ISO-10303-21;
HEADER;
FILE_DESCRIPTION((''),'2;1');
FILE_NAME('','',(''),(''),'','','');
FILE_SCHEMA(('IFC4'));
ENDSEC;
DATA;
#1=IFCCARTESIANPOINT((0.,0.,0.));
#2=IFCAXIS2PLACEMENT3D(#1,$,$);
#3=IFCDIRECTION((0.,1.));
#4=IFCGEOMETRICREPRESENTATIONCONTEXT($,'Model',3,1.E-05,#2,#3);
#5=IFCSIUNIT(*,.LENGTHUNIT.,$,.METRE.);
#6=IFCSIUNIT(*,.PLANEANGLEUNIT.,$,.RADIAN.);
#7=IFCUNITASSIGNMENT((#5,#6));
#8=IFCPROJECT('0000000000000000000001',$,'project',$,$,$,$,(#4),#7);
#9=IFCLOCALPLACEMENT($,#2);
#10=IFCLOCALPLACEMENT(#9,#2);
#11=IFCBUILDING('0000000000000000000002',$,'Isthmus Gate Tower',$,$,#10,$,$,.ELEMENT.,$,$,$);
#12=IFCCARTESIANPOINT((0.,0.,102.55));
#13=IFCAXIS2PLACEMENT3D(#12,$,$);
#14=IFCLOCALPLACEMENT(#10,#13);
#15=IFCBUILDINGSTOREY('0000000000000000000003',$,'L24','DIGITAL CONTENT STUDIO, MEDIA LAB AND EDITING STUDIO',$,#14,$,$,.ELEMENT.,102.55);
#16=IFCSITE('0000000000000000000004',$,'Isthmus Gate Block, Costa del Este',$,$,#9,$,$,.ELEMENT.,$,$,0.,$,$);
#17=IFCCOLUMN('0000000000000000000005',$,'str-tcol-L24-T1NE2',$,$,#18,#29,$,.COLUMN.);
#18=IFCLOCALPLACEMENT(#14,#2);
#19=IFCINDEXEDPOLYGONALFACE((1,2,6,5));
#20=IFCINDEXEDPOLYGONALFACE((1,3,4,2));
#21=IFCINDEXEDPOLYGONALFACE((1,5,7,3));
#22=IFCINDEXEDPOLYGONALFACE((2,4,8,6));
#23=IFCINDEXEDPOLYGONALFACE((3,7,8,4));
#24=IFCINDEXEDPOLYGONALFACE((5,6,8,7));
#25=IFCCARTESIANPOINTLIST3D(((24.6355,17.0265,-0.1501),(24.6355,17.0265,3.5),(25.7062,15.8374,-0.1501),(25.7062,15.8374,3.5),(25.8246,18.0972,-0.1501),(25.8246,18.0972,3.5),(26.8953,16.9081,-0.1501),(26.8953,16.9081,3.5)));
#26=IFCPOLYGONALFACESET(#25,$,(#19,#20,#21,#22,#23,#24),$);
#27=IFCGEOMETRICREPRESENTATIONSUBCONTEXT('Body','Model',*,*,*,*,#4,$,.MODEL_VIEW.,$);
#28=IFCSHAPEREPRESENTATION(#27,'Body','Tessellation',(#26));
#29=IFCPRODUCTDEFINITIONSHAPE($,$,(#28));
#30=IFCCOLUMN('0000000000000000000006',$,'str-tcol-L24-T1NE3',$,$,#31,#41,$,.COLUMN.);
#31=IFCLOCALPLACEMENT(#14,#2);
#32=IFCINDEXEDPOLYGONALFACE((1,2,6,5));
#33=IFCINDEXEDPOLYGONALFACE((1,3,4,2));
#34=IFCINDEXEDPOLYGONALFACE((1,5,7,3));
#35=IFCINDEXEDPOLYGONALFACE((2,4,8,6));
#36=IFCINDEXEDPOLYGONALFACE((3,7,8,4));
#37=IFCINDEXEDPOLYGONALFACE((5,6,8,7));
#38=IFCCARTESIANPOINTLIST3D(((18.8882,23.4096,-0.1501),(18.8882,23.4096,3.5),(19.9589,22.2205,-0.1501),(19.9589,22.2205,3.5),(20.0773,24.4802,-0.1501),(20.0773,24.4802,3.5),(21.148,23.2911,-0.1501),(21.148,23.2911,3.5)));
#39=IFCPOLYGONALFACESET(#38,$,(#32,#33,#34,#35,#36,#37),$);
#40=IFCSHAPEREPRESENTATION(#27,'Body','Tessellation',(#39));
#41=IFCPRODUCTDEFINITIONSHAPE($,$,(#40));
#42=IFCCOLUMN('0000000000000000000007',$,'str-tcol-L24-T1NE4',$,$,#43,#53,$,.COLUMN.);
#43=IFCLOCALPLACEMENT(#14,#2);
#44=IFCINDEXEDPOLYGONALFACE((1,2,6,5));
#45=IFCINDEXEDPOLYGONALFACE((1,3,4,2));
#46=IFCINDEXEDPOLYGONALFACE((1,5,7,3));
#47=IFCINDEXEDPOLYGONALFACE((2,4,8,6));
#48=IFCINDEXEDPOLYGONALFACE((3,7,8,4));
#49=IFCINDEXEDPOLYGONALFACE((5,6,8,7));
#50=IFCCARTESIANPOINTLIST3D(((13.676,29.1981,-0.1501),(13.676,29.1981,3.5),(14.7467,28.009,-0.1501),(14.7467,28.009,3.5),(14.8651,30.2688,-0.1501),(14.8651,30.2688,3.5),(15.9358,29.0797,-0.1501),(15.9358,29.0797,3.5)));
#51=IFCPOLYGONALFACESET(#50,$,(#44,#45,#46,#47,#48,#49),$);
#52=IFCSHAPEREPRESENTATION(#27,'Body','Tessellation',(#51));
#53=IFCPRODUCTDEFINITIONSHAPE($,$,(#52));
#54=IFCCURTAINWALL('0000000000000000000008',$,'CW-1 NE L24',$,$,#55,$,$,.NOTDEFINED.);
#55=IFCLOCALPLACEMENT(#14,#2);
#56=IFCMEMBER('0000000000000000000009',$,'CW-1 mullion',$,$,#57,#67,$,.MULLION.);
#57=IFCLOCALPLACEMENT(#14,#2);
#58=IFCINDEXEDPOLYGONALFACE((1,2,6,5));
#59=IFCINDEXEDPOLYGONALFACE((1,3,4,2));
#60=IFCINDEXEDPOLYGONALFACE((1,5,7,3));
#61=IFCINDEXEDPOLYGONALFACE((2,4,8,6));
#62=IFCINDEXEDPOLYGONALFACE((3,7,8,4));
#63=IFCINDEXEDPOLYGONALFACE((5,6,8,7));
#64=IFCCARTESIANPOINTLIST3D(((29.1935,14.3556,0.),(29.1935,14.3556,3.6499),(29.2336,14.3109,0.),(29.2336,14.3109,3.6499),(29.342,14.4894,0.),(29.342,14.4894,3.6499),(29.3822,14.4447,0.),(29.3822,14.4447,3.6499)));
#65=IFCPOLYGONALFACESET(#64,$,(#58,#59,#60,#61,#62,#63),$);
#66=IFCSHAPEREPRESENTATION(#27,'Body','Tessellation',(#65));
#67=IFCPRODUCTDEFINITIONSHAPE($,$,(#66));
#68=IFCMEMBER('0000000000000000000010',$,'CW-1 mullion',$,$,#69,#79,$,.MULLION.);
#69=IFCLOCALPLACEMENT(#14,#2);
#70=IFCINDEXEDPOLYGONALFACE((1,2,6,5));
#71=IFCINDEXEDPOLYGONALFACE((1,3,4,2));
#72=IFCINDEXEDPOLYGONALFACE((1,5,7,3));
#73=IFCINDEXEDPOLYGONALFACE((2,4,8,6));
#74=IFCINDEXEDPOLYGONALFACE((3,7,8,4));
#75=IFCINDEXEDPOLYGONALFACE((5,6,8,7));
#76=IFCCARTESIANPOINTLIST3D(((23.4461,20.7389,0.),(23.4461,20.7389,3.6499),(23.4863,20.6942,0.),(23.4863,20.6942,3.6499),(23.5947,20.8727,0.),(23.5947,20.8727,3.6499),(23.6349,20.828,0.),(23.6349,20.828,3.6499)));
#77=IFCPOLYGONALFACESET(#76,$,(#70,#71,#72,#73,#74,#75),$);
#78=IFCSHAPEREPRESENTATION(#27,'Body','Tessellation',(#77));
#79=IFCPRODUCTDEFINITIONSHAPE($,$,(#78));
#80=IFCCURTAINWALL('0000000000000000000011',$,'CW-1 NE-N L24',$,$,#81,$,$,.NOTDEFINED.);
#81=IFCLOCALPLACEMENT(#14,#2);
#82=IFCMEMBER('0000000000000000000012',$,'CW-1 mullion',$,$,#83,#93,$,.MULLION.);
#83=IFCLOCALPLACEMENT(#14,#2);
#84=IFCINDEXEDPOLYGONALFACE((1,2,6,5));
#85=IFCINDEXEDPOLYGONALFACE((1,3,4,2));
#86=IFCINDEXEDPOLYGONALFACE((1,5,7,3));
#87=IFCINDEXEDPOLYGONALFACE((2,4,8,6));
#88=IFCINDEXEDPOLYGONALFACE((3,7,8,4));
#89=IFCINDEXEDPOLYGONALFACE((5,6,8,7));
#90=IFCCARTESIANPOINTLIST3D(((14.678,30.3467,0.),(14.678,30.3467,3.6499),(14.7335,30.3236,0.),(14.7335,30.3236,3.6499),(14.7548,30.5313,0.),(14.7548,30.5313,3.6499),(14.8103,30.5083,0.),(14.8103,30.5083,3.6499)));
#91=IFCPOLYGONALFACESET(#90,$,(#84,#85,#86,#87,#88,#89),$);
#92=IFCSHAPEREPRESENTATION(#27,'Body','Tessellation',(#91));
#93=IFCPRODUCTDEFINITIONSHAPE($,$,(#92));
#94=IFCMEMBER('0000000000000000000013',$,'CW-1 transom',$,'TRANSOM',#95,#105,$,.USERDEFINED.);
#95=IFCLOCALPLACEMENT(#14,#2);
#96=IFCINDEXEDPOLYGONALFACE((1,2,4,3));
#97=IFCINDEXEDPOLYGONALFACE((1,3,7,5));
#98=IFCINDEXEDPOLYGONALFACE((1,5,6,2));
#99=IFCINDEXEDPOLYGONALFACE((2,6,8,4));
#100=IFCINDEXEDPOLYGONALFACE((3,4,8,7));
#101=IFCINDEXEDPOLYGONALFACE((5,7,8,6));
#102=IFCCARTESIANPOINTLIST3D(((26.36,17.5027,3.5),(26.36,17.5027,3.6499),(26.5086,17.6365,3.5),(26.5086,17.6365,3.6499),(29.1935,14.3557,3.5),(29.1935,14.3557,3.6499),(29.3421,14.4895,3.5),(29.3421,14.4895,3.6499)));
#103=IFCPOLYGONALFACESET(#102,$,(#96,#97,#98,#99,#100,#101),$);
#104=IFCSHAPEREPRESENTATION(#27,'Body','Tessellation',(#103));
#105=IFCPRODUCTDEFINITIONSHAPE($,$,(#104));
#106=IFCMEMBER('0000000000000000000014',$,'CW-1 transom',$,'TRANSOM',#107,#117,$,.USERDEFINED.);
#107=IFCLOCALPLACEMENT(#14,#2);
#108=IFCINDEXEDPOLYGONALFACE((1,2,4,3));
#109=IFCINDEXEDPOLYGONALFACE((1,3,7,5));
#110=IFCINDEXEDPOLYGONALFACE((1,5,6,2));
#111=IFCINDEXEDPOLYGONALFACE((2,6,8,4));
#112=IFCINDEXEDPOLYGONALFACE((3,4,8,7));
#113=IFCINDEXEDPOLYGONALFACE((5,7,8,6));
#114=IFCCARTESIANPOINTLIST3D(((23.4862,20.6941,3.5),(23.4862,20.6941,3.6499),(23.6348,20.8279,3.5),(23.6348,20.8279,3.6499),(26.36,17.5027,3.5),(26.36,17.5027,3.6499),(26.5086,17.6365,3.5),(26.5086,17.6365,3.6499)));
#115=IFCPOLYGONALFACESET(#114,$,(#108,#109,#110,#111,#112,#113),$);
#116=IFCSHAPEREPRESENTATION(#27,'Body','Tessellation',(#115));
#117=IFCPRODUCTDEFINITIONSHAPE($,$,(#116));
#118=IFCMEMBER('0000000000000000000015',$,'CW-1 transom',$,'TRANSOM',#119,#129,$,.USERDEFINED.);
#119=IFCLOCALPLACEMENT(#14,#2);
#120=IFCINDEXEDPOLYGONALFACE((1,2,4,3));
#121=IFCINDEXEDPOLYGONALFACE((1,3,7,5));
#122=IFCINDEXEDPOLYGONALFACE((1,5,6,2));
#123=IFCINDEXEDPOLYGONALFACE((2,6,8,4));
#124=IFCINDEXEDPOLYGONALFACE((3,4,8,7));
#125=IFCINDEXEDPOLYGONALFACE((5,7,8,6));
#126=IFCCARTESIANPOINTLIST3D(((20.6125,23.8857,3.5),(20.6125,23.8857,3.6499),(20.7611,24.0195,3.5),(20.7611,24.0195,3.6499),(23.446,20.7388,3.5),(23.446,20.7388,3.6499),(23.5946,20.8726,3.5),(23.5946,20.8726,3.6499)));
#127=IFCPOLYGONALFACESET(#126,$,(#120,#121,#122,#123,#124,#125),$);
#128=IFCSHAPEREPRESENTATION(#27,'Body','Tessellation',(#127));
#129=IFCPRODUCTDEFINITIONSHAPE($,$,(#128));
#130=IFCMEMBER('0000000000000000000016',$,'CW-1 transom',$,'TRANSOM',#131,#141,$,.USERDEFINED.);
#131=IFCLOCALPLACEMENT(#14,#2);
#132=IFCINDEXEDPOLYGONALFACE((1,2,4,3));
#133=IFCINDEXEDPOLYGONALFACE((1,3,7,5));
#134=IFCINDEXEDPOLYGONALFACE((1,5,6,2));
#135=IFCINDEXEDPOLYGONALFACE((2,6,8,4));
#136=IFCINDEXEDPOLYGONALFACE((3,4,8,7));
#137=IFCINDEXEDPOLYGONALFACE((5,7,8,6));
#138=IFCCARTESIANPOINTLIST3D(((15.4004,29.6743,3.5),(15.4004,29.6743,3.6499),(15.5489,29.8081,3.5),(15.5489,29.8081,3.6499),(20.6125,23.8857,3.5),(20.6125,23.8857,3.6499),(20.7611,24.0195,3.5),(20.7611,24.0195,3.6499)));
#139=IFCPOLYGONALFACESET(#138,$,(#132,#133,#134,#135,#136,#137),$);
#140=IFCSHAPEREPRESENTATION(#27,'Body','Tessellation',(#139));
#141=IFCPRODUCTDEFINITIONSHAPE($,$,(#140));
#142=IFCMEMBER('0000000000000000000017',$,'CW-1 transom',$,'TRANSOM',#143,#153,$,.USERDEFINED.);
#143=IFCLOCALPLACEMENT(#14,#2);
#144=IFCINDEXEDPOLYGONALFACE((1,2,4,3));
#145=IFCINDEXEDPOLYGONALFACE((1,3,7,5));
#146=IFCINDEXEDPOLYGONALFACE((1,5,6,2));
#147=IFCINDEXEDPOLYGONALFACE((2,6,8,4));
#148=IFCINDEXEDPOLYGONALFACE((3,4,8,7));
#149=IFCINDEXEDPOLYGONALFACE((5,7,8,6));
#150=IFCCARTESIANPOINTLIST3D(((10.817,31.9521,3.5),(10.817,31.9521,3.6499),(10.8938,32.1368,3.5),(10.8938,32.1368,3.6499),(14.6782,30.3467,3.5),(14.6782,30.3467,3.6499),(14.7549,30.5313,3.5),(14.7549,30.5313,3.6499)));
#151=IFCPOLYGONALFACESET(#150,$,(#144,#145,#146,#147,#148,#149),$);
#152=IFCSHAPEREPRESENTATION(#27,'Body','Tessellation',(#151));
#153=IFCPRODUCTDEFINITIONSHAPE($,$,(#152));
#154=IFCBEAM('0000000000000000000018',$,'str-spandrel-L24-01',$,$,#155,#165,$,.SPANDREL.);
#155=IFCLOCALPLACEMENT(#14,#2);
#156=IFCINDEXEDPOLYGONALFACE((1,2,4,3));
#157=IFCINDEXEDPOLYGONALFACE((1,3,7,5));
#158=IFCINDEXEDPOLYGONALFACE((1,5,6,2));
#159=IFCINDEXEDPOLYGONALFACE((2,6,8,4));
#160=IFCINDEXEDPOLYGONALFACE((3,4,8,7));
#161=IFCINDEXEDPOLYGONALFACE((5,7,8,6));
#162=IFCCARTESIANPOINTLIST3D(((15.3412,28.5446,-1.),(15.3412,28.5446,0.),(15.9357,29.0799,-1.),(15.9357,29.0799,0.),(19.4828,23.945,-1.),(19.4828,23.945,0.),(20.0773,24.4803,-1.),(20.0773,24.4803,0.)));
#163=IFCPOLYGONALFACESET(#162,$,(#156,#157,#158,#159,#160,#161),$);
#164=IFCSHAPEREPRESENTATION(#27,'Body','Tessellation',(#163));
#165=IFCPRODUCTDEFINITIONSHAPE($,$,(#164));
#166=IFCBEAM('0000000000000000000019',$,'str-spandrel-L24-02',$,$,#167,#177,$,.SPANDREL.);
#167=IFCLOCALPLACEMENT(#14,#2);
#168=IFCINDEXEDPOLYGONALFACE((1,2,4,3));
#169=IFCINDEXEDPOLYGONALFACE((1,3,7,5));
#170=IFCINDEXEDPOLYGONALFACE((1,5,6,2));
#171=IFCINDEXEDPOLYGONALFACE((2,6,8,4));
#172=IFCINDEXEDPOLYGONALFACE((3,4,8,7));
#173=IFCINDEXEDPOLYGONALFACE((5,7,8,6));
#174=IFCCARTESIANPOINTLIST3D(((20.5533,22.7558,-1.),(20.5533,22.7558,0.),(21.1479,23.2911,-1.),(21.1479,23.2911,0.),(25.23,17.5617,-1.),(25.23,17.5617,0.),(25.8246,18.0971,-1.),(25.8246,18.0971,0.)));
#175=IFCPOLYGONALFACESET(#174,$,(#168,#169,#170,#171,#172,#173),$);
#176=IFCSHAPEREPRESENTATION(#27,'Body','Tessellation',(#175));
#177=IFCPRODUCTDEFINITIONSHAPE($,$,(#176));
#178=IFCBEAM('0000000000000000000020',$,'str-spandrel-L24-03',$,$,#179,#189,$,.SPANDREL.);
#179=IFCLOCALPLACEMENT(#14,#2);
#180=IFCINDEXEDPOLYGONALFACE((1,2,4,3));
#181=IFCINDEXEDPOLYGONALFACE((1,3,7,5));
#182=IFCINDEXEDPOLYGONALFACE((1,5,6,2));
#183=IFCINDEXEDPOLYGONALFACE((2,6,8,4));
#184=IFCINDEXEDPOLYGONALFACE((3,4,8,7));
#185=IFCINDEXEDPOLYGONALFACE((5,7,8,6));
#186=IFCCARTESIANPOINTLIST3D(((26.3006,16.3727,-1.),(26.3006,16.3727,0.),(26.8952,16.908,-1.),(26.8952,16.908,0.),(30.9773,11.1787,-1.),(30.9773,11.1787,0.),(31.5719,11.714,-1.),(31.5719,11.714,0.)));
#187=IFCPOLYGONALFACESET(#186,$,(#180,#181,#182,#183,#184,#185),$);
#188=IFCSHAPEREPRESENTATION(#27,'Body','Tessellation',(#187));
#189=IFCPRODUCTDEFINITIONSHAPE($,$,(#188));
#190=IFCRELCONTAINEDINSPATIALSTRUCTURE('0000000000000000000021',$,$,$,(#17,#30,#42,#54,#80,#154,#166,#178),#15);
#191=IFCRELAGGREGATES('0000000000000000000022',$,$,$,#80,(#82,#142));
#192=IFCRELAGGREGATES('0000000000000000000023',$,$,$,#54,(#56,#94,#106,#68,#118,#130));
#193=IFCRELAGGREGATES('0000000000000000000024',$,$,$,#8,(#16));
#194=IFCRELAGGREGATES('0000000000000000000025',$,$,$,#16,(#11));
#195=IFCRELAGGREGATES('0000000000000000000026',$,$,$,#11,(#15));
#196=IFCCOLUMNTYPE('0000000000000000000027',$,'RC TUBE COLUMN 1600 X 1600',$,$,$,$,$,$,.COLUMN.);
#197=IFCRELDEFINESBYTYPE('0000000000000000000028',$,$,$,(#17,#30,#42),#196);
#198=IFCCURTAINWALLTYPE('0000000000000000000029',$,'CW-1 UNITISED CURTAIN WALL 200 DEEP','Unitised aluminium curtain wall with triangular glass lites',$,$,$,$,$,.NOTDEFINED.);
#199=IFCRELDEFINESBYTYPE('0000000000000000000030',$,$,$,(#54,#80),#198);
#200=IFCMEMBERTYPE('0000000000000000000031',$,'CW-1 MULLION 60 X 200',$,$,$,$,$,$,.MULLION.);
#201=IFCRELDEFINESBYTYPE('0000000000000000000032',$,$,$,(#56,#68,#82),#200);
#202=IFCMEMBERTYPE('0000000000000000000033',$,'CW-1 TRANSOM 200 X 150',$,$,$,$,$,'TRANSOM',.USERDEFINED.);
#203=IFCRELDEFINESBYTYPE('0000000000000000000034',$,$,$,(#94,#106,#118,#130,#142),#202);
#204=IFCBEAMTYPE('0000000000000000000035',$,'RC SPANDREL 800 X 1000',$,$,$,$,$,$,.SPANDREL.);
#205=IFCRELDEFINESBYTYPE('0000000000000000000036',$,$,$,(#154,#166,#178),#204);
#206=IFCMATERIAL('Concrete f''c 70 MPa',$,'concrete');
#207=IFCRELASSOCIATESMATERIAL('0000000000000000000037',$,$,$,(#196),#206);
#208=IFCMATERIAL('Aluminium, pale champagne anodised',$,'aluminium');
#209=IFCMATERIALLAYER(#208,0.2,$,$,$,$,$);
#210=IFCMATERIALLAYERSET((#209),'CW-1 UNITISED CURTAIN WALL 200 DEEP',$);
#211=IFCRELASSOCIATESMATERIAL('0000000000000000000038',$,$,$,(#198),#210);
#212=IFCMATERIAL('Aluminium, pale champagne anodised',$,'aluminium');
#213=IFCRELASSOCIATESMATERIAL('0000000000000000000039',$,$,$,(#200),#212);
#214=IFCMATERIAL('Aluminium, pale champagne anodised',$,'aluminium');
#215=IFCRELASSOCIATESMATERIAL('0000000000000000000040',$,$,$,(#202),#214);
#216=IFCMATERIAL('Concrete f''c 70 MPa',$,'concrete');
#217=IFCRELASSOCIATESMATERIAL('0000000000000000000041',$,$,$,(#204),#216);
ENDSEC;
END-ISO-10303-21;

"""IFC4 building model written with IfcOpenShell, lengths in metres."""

from ifc_helpers import new_model, si_unit, direction, frame, origin, origin_2d, place, context, subcontext, project, spatial, rectangle, extrude, material, layer, layer_set, material_profile, profile_set, type_object, element, aggregate, save


model = new_model("IFC4")

# Units and contexts
model_context = context("Model", 3, precision=1e-05, world=origin(), true_north=direction((0.0, 1.0)))
body_context = subcontext(model_context, "Body", "Model", "MODEL_VIEW")
ifc_project = project(units=[si_unit("LENGTHUNIT", "METRE"), si_unit("PLANEANGLEUNIT", "RADIAN")], contexts=[model_context])

# Site, building, storey
site_placement = place(None, origin())
site = spatial("IfcSite", under=ifc_project, at=site_placement, Name="Isthmus Gate Block, Costa del Este", CompositionType="ELEMENT", RefElevation=0.0)
building_placement = place(site_placement, origin())
building = spatial("IfcBuilding", under=site, at=building_placement, Name="Isthmus Gate Tower", CompositionType="ELEMENT")
storey_placement = place(building_placement, frame((0.0, 0.0, 102.55)))
storey = spatial("IfcBuildingStorey", under=building, at=storey_placement, Name="L24", Description="DIGITAL CONTENT STUDIO, MEDIA LAB AND EDITING STUDIO", CompositionType="ELEMENT", Elevation=102.55)

# Columns
ifc_material_1 = material(Name="Concrete f'c 70 MPa", Category="concrete")
ifc_material_profile_1 = material_profile(ifc_material_1, rectangle(XDim=1.6001, YDim=1.6001, at=origin_2d()), Name="RC 1600X1600")
ifc_profile_set_1 = profile_set([ifc_material_profile_1], Name="Concrete f'c 70 MPa")
column_type = type_object("IfcColumnType", Name="RC TUBE COLUMN 1600 X 1600", PredefinedType="COLUMN", material=ifc_profile_set_1)
for number, where, z_axis, x_axis, name in (
    (1, (25.7654, 16.9673, -0.1501), (0.0, 0.0, 1.0), (-0.669131, 0.743145, 0.0), "str-tcol-L24-T1NE2"),
    (2, (20.0181, 23.3503, -0.1501), (0.0, 0.0, 1.0), (-0.669131, 0.743145, 0.0), "str-tcol-L24-T1NE3"),
    (3, (14.8059, 29.1389, -0.1501), (0.0, 0.0, 1.0), (-0.669131, 0.743145, 0.0), "str-tcol-L24-T1NE4"),
):
    element("IfcColumn", number, at=place(storey_placement, frame(where, z_axis=z_axis, x_axis=x_axis)), inside=storey, type_object=column_type, Name=name, PredefinedType="COLUMN", context=body_context, shape_type="SweptSolid", body=[
        extrude(rectangle(XDim=1.6001, YDim=1.6001, at=origin_2d()), origin(), (0.0, 0.0, 1.0), 3.6501),
    ])

# Curtain wall, members
ifc_material_2 = material(Name="Aluminium, pale champagne anodised", Category="aluminium")
ifc_layer_1 = layer(ifc_material_2, 0.2)
ifc_layer_set_1 = layer_set([ifc_layer_1], Name="CW-1 UNITISED CURTAIN WALL 200 DEEP")
curtain_wall_type = type_object("IfcCurtainWallType", Name="CW-1 UNITISED CURTAIN WALL 200 DEEP", Description="Unitised aluminium curtain wall with triangular glass lites", PredefinedType="NOTDEFINED", material=ifc_layer_set_1)
curtain_wall_1_placement = place(storey_placement, origin())
curtain_wall_1 = element("IfcCurtainWall", 4, at=curtain_wall_1_placement, inside=storey, type_object=curtain_wall_type, Name="CW-1 NE L24", PredefinedType="NOTDEFINED")
ifc_material_3 = material(Name="Aluminium, pale champagne anodised", Category="aluminium")
ifc_material_profile_2 = material_profile(ifc_material_3, rectangle(XDim=0.0601, YDim=0.2, at=origin_2d()), Name="60x200")
ifc_profile_set_2 = profile_set([ifc_material_profile_2], Name="Aluminium, pale champagne anodised")
member_type_1 = type_object("IfcMemberType", Name="CW-1 MULLION 60 X 200", PredefinedType="MULLION", material=ifc_profile_set_2)
member_1_placement = place(storey_placement, frame((29.2878, 14.4001, 0.0), z_axis=(0.0, 0.0, 1.0), x_axis=(-0.669131, 0.743145, 0.0)))
member_1 = element("IfcMember", 5, at=member_1_placement, type_object=member_type_1, Name="CW-1 mullion", PredefinedType="MULLION", context=body_context, shape_type="SweptSolid", body=[
    extrude(rectangle(XDim=0.0601, YDim=0.2, at=origin_2d()), origin(), (0.0, 0.0, 1.0), 3.6499),
])
member_2_placement = place(storey_placement, frame((23.5405, 20.7834, 0.0), z_axis=(0.0, 0.0, 1.0), x_axis=(-0.669131, 0.743145, 0.0)))
member_2 = element("IfcMember", 6, at=member_2_placement, type_object=member_type_1, Name="CW-1 mullion", PredefinedType="MULLION", context=body_context, shape_type="SweptSolid", body=[
    extrude(rectangle(XDim=0.0601, YDim=0.2, at=origin_2d()), origin(), (0.0, 0.0, 1.0), 3.6499),
])

# Curtain wall, member
curtain_wall_2_placement = place(storey_placement, origin())
curtain_wall_2 = element("IfcCurtainWall", 7, at=curtain_wall_2_placement, inside=storey, type_object=curtain_wall_type, Name="CW-1 NE-N L24", PredefinedType="NOTDEFINED")
member_3_placement = place(storey_placement, frame((14.7441, 30.4275, 0.0), z_axis=(0.0, 0.0, 1.0), x_axis=(-0.923353, 0.383952, 0.0)))
member_3 = element("IfcMember", 8, at=member_3_placement, type_object=member_type_1, Name="CW-1 mullion", PredefinedType="MULLION", context=body_context, shape_type="SweptSolid", body=[
    extrude(rectangle(XDim=0.0601, YDim=0.2, at=origin_2d()), origin(), (0.0, 0.0, 1.0), 3.6499),
])

# Members
ifc_material_4 = material(Name="Aluminium, pale champagne anodised", Category="aluminium")
ifc_material_profile_3 = material_profile(ifc_material_4, rectangle(XDim=0.2, YDim=0.1499, at=origin_2d()), Name="200x150")
ifc_profile_set_3 = profile_set([ifc_material_profile_3], Name="Aluminium, pale champagne anodised")
member_type_2 = type_object("IfcMemberType", Name="CW-1 TRANSOM 200 X 150", ElementType="TRANSOM", PredefinedType="USERDEFINED", material=ifc_profile_set_3)
member_4_placement = place(storey_placement, frame((29.2678, 14.4226, 3.575), z_axis=(-0.669124, 0.743151, 0.0), x_axis=(-0.743151, -0.669124, 0.0)))
member_4 = element("IfcMember", 9, at=member_4_placement, type_object=member_type_2, Name="CW-1 transom", ObjectType="TRANSOM", PredefinedType="USERDEFINED", context=body_context, shape_type="SweptSolid", body=[
    extrude(rectangle(XDim=0.2, YDim=0.1499, at=origin_2d()), origin(), (0.0, 0.0, 1.0), 4.2346),
])
member_5_placement = place(storey_placement, frame((26.4343, 17.5696, 3.575), z_axis=(-0.669159, 0.743119, 0.0), x_axis=(-0.743119, -0.669159, 0.0)))
member_5 = element("IfcMember", 10, at=member_5_placement, type_object=member_type_2, Name="CW-1 transom", ObjectType="TRANSOM", PredefinedType="USERDEFINED", context=body_context, shape_type="SweptSolid", body=[
    extrude(rectangle(XDim=0.2, YDim=0.1499, at=origin_2d()), origin(), (0.0, 0.0, 1.0), 4.2947),
])
member_6_placement = place(storey_placement, frame((23.5203, 20.8057, 3.575), z_axis=(-0.669124, 0.743151, 0.0), x_axis=(-0.743151, -0.669124, 0.0)))
member_6 = element("IfcMember", 11, at=member_6_placement, type_object=member_type_2, Name="CW-1 transom", ObjectType="TRANSOM", PredefinedType="USERDEFINED", context=body_context, shape_type="SweptSolid", body=[
    extrude(rectangle(XDim=0.2, YDim=0.1499, at=origin_2d()), origin(), (0.0, 0.0, 1.0), 4.2346),
])
member_7_placement = place(storey_placement, frame((20.6868, 23.9526, 3.575), z_axis=(-0.669138, 0.743138, 0.0), x_axis=(-0.743138, -0.669138, 0.0)))
member_7 = element("IfcMember", 12, at=member_7_placement, type_object=member_type_2, Name="CW-1 transom", ObjectType="TRANSOM", PredefinedType="USERDEFINED", context=body_context, shape_type="SweptSolid", body=[
    extrude(rectangle(XDim=0.2, YDim=0.1499, at=origin_2d()), origin(), (0.0, 0.0, 1.0), 7.7893),
])
member_8_placement = place(storey_placement, frame((14.7166, 30.439, 3.575), z_axis=(-0.923358, 0.38394, 0.0), x_axis=(-0.38394, -0.923358, 0.0)))
member_8 = element("IfcMember", 13, at=member_8_placement, type_object=member_type_2, Name="CW-1 transom", ObjectType="TRANSOM", PredefinedType="USERDEFINED", context=body_context, shape_type="SweptSolid", body=[
    extrude(rectangle(XDim=0.2, YDim=0.1499, at=origin_2d()), origin(), (0.0, 0.0, 1.0), 4.1816),
])
aggregate(curtain_wall_2, [member_3, member_8])

# Beams
ifc_material_5 = material(Name="Concrete f'c 70 MPa", Category="concrete")
ifc_material_profile_4 = material_profile(ifc_material_5, rectangle(XDim=0.8, YDim=1.0, at=origin_2d()), Name="RC 800X1000")
ifc_profile_set_4 = profile_set([ifc_material_profile_4], Name="Concrete f'c 70 MPa")
beam_type_1 = type_object("IfcBeamType", Name="RC SPANDREL 800 X 1000", PredefinedType="SPANDREL", material=ifc_profile_set_4)
beam_1_placement = place(storey_placement, frame((15.6384, 28.8123, -0.5), z_axis=(0.669139, -0.743137, 0.0), x_axis=(0.743137, 0.669139, 0.0)))
element("IfcBeam", 14, at=beam_1_placement, inside=storey, type_object=beam_type_1, Name="str-spandrel-L24-01", PredefinedType="SPANDREL", context=body_context, shape_type="SweptSolid", body=[
    extrude(rectangle(XDim=0.8, YDim=1.0, at=origin_2d()), origin(), (0.0, 0.0, 1.0), 6.1895),
])
for number, where, z_axis, x_axis, name in (
    (15, (20.8506, 23.0234, -0.5), (0.669129, -0.743146, 0.0), (0.743146, 0.669129, 0.0), "str-spandrel-L24-02"),
    (16, (26.5979, 16.6404, -0.5), (0.669129, -0.743146, 0.0), (0.743146, 0.669129, 0.0), "str-spandrel-L24-03"),
):
    element("IfcBeam", number, at=place(storey_placement, frame(where, z_axis=z_axis, x_axis=x_axis)), inside=storey, type_object=beam_type_1, Name=name, PredefinedType="SPANDREL", context=body_context, shape_type="SweptSolid", body=[
        extrude(rectangle(XDim=0.8, YDim=1.0, at=origin_2d()), origin(), (0.0, 0.0, 1.0), 6.9893),
    ])

aggregate(curtain_wall_1, [member_1, member_4, member_5, member_2, member_6, member_7])

save(model, "model.ifc")
